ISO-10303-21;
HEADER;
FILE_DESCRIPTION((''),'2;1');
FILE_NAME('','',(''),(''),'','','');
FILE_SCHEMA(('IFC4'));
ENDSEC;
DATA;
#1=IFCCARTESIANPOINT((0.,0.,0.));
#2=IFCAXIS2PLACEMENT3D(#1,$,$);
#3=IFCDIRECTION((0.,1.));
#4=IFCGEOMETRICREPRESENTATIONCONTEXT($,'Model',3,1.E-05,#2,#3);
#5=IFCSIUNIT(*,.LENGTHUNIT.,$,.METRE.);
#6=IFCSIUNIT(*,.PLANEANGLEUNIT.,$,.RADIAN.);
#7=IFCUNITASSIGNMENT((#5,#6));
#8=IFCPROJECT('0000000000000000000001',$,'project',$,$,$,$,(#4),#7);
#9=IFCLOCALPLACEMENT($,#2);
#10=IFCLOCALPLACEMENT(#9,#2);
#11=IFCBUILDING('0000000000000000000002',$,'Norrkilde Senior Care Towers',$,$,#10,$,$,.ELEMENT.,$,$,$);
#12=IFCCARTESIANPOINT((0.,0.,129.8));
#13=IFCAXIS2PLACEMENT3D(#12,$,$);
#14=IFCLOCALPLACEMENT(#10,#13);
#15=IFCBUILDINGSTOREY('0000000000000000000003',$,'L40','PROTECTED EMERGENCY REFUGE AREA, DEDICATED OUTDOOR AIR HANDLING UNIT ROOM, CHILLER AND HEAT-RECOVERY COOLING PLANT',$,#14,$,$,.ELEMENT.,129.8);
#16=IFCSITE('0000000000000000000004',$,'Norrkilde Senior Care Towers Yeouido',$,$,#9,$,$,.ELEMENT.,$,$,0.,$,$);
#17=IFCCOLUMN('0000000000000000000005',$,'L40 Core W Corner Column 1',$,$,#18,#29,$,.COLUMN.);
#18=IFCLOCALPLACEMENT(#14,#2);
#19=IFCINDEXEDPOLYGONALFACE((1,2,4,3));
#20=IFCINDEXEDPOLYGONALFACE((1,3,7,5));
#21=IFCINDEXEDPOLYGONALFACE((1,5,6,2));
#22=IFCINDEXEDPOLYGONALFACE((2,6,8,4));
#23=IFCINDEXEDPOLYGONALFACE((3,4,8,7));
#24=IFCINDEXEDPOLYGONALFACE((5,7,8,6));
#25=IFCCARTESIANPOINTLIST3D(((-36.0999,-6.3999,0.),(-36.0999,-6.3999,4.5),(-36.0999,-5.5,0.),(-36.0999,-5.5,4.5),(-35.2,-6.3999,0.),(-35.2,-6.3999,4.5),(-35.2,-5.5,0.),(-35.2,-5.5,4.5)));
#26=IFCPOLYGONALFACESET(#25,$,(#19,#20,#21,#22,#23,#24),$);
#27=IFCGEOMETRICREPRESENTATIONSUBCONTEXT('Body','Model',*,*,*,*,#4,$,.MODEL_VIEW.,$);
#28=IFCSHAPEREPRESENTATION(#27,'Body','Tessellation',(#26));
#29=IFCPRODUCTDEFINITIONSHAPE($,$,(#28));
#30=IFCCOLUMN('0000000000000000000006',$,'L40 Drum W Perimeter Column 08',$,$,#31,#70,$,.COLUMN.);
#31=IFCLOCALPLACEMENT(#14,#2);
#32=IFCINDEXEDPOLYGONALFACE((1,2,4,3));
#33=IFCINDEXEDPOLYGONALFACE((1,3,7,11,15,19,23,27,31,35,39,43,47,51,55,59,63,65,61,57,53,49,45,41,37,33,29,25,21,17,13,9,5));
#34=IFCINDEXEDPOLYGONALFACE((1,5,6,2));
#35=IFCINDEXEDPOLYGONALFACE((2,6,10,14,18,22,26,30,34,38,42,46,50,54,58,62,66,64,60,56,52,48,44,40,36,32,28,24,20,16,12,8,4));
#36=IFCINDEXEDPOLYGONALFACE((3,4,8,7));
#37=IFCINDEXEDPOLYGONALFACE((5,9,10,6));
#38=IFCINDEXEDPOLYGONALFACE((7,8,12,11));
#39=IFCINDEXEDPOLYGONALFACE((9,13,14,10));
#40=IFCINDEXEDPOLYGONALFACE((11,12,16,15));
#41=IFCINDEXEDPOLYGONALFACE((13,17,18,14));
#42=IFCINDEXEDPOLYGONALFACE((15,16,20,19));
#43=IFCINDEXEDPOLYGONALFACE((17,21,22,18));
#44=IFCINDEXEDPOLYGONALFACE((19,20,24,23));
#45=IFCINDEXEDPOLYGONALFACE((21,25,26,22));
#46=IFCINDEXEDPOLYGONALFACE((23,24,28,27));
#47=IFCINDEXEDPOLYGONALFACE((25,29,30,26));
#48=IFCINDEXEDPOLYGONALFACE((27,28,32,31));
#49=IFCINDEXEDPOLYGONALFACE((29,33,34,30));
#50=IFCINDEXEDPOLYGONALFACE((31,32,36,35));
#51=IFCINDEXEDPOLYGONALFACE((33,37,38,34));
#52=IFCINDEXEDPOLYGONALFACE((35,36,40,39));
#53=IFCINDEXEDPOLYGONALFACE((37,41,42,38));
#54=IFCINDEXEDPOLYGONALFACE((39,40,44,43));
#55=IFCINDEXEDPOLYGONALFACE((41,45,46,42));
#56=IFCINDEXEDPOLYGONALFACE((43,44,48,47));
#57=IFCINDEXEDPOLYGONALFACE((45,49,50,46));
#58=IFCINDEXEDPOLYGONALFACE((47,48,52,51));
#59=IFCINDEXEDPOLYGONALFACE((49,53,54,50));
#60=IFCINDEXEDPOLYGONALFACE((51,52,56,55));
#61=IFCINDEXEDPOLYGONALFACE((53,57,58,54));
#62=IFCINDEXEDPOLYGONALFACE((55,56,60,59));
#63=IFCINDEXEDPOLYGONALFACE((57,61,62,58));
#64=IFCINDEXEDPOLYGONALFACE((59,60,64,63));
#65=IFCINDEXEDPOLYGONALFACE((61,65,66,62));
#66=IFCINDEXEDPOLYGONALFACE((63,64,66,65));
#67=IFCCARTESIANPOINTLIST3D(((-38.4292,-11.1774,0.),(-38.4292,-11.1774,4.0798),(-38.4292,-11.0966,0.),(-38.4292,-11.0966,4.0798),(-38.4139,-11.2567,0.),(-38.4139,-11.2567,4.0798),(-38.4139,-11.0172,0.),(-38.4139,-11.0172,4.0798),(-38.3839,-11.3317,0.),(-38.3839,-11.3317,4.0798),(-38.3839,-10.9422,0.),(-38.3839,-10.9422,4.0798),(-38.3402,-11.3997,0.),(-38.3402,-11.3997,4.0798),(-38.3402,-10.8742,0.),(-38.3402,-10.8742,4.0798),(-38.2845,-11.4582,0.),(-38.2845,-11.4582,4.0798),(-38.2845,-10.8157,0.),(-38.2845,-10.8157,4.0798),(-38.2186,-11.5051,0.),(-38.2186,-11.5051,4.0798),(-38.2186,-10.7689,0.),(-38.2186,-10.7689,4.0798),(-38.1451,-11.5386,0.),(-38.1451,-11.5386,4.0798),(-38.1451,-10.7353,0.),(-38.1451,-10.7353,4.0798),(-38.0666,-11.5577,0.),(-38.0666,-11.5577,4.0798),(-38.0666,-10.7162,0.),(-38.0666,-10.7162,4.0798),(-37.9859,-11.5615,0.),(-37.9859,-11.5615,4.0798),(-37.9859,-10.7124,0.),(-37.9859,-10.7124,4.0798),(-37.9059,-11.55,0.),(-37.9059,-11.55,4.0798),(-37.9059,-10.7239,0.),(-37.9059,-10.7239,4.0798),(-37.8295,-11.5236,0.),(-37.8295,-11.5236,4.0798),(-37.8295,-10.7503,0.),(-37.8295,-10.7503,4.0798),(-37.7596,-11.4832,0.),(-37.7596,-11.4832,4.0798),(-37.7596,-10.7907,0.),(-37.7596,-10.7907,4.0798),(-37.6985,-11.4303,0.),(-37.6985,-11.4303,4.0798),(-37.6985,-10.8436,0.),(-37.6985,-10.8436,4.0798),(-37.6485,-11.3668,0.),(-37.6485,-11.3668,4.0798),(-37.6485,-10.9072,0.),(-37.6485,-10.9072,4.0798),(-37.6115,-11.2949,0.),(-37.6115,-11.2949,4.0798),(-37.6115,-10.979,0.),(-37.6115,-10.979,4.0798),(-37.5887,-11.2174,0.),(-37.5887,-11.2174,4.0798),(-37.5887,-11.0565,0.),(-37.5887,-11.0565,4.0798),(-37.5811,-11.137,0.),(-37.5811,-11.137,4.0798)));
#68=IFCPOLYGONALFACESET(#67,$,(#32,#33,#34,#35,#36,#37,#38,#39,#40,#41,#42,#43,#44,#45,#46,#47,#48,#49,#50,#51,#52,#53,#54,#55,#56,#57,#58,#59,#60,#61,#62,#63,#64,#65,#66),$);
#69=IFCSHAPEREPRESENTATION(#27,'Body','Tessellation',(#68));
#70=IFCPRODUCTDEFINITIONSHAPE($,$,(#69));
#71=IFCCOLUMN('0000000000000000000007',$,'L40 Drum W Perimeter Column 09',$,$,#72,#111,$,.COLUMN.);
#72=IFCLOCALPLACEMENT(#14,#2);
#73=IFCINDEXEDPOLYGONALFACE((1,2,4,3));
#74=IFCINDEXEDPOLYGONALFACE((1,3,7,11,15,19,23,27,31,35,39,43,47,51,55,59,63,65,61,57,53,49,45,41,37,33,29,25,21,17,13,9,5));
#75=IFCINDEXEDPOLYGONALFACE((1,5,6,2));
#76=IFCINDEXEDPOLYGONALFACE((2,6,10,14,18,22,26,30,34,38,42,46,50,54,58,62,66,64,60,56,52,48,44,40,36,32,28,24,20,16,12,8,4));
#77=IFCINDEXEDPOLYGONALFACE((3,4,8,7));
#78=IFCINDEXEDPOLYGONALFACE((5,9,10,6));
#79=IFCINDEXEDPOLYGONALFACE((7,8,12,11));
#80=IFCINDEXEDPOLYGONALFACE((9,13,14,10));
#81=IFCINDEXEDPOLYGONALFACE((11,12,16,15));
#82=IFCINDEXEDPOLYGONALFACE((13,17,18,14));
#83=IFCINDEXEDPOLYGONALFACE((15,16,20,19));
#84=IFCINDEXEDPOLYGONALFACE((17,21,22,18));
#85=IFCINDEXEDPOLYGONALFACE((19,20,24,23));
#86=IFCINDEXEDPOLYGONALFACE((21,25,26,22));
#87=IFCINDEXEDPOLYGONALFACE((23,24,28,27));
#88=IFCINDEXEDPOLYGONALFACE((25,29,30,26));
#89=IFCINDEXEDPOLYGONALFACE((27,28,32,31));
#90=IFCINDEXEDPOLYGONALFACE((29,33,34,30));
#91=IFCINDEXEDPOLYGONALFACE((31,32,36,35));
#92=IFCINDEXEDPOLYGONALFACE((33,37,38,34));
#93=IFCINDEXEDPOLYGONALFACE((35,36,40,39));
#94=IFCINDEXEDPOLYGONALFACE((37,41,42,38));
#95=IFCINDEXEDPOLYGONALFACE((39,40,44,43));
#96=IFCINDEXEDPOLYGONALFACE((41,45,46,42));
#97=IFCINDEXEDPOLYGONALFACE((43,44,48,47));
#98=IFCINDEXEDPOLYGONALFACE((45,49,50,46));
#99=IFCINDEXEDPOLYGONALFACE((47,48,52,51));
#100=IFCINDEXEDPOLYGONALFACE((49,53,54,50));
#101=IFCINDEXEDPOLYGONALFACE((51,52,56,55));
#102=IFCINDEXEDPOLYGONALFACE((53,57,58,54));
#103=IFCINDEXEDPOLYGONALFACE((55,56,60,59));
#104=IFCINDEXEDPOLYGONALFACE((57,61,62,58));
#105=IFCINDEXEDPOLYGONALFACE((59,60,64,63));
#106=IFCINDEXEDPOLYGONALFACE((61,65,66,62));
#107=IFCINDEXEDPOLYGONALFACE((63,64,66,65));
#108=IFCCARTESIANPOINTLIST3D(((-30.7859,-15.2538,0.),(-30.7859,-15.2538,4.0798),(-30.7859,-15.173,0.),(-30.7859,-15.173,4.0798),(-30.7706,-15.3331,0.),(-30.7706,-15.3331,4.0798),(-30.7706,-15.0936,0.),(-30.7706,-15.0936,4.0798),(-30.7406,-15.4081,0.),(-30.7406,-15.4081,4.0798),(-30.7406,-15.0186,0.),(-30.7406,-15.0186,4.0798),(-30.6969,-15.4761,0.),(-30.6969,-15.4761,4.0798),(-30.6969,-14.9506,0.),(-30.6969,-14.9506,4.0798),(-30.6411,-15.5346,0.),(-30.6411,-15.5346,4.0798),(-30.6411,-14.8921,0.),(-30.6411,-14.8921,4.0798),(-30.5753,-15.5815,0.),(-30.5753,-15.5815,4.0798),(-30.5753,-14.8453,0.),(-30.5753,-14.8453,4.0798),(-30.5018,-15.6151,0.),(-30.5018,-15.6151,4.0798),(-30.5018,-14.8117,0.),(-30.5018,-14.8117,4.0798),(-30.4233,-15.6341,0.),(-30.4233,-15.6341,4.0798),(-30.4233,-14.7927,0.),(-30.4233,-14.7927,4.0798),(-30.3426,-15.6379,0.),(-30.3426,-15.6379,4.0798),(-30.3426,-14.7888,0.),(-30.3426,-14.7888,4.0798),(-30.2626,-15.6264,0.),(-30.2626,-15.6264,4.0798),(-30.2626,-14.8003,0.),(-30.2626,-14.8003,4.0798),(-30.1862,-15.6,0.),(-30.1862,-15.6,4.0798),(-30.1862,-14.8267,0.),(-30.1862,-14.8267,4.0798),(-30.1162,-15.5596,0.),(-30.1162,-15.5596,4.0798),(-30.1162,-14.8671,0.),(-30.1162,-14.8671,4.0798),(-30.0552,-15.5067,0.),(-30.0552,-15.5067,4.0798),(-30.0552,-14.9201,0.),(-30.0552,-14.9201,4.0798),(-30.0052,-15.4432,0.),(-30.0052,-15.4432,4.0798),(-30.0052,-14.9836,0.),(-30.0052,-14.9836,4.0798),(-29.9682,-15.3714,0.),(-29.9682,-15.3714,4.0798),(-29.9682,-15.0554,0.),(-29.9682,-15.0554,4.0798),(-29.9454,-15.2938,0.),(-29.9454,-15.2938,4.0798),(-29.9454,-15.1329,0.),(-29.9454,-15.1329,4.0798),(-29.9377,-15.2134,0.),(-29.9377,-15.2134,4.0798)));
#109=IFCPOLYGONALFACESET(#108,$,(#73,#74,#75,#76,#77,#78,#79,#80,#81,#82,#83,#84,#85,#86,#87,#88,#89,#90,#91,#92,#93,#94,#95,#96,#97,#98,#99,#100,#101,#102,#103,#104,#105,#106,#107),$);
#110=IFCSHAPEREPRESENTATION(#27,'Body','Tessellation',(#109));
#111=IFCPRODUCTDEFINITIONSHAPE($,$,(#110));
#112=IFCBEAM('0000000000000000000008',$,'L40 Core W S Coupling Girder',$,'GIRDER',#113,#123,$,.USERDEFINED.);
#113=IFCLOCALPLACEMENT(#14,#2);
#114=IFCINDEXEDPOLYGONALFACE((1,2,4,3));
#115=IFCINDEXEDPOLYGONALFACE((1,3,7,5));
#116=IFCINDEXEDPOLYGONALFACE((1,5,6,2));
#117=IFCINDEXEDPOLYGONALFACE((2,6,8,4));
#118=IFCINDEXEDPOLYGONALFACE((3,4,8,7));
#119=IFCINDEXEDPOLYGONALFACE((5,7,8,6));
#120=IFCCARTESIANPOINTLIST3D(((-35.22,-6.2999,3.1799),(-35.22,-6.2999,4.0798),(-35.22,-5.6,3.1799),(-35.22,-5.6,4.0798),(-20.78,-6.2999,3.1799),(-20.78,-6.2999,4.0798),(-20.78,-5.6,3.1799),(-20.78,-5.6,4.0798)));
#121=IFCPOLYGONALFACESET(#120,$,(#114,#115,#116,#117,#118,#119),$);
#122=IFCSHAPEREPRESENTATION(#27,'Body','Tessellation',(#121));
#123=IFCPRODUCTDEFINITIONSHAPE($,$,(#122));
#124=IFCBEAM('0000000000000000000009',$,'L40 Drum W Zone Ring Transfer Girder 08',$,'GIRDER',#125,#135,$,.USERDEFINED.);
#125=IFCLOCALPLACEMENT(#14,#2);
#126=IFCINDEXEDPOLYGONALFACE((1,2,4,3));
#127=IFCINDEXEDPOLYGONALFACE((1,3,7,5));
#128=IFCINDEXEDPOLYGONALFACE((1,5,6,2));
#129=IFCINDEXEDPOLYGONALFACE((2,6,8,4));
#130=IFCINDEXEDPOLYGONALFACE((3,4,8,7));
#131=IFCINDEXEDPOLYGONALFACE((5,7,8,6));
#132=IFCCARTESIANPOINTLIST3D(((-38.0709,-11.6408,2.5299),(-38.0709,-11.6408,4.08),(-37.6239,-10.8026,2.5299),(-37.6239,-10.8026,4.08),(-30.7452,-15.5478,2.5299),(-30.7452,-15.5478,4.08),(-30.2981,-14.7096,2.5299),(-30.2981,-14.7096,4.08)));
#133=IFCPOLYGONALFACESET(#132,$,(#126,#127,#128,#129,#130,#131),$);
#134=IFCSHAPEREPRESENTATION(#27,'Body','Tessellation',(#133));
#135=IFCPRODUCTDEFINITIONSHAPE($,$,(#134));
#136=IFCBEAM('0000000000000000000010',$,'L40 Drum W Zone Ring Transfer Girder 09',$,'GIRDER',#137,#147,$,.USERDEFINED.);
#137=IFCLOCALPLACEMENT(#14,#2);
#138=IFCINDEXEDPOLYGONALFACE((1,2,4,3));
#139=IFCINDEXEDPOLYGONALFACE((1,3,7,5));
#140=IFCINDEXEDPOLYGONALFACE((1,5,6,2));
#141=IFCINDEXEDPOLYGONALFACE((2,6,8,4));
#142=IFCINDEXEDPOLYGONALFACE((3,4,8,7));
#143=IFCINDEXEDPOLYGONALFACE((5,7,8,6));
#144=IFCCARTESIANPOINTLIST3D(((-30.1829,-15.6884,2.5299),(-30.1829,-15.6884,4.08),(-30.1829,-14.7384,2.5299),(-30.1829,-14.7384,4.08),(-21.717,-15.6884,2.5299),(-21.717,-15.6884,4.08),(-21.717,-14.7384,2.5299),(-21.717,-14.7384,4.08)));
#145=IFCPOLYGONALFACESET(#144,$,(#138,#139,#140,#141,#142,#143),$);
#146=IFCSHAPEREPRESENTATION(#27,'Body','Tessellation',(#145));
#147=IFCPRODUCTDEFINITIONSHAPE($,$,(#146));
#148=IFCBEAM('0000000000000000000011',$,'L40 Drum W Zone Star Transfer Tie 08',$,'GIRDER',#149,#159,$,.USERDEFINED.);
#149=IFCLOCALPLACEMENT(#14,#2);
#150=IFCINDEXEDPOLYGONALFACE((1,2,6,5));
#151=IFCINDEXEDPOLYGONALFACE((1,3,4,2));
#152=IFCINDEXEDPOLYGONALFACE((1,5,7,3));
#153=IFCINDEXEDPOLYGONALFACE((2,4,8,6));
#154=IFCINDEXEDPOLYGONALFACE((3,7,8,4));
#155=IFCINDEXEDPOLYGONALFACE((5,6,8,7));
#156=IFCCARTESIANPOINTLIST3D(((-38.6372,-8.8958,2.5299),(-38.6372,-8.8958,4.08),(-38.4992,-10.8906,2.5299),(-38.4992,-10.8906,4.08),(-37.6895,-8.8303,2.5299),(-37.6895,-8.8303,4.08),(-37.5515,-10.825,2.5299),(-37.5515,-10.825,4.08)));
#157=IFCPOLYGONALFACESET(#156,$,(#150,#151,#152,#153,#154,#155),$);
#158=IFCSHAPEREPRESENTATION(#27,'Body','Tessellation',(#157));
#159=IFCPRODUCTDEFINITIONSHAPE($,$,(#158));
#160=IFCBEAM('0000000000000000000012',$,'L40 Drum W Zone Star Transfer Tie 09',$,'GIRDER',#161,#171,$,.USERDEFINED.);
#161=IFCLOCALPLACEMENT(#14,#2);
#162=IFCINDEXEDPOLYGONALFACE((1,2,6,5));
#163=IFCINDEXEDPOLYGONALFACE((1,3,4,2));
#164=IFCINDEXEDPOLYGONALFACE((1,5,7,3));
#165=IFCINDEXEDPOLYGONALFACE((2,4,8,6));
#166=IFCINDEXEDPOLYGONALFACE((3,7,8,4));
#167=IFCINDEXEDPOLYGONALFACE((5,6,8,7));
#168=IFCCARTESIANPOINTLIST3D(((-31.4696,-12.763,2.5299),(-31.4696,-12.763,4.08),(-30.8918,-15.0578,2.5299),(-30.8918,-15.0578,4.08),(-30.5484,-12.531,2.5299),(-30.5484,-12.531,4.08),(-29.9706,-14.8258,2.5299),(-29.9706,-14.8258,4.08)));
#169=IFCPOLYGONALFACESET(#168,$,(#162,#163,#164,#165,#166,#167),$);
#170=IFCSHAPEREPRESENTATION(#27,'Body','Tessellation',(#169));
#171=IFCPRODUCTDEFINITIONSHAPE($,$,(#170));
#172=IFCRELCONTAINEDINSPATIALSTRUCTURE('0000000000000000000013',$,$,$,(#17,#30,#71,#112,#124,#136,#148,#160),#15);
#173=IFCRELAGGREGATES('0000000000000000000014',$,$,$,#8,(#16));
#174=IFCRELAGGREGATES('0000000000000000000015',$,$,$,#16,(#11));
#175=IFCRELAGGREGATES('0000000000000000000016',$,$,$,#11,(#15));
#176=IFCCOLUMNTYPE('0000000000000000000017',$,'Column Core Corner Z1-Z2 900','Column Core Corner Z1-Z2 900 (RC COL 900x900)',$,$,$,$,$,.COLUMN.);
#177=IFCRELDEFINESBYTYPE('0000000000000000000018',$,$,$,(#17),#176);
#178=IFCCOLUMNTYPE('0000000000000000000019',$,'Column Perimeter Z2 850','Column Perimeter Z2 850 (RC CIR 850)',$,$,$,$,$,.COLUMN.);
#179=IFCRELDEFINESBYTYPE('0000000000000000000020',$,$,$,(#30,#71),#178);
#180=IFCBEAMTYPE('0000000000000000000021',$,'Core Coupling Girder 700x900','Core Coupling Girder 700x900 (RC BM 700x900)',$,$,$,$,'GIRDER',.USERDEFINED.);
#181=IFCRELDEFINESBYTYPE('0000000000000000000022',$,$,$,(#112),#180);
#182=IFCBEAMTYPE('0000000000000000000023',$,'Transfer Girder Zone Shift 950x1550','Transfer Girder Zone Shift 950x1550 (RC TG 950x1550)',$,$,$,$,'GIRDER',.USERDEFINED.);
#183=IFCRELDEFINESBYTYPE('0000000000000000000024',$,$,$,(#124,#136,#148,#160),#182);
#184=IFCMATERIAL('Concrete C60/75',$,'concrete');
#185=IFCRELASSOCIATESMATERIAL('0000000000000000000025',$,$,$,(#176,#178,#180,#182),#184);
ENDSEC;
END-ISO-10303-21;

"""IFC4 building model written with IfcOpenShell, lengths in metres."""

from ifc_helpers import new_model, si_unit, direction, frame, origin, origin_2d, place, context, subcontext, project, spatial, rectangle, circle, extrude, source, transform, mapped, material, material_profile, profile_set, type_object, type_shapes, element, save


model = new_model("IFC4")

# Units and contexts
model_context = context("Model", 3, precision=1e-05, world=origin(), true_north=direction((0.0, 1.0)))
body_context = subcontext(model_context, "Body", "Model", "MODEL_VIEW")
ifc_project = project(units=[si_unit("LENGTHUNIT", "METRE"), si_unit("PLANEANGLEUNIT", "RADIAN")], contexts=[model_context])

# Site, building, storey
site_placement = place(None, origin())
site = spatial("IfcSite", under=ifc_project, at=site_placement, Name="Norrkilde Senior Care Towers Yeouido", CompositionType="ELEMENT", RefElevation=0.0)
building_placement = place(site_placement, origin())
building = spatial("IfcBuilding", under=site, at=building_placement, Name="Norrkilde Senior Care Towers", CompositionType="ELEMENT")
storey_placement = place(building_placement, frame((0.0, 0.0, 129.8)))
storey = spatial("IfcBuildingStorey", under=building, at=storey_placement, Name="L40", Description="PROTECTED EMERGENCY REFUGE AREA, DEDICATED OUTDOOR AIR HANDLING UNIT ROOM, CHILLER AND HEAT-RECOVERY COOLING PLANT", CompositionType="ELEMENT", Elevation=129.8)

# Columns
ifc_material_1 = material(Name="Concrete C60/75", Category="concrete")
ifc_material_profile_1 = material_profile(ifc_material_1, rectangle(XDim=0.8999, YDim=0.8999, at=origin_2d()), Name="RC COL 900x900")
ifc_profile_set_1 = profile_set([ifc_material_profile_1], Name="Concrete C60/75")
column_type_1 = type_object("IfcColumnType", Name="Column Core Corner Z1-Z2 900", Description="Column Core Corner Z1-Z2 900 (RC COL 900x900)", PredefinedType="COLUMN", material=ifc_profile_set_1)
shared_shape_1 = source(origin(), body_context, "Body", "SweptSolid", [
    extrude(rectangle(XDim=0.8999, YDim=0.8999, at=origin_2d()), origin(), (0.0, 0.0, 1.0), 4.5),
])
type_shapes(column_type_1, [shared_shape_1])
column_placement = place(storey_placement, frame((-35.6499, -5.95, 0.0), z_axis=(0.0, 0.0, 1.0), x_axis=(1.0, 0.0, 0.0)))
element("IfcColumn", 1, at=column_placement, inside=storey, type_object=column_type_1, Name="L40 Core W Corner Column 1", PredefinedType="COLUMN", context=body_context, shape_type="MappedRepresentation", body=[
    mapped(shared_shape_1, transform((0.0, 0.0, 0.0), x_axis=(1.0, 0.0, 0.0), y_axis=(0.0, 1.0, 0.0), z_axis=(0.0, 0.0, 1.0), scale=1.0)),
])
ifc_material_profile_2 = material_profile(ifc_material_1, circle(Radius=0.425, at=origin_2d()), Name="RC CIR 850")
ifc_profile_set_2 = profile_set([ifc_material_profile_2], Name="Concrete C60/75")
column_type_2 = type_object("IfcColumnType", Name="Column Perimeter Z2 850", Description="Column Perimeter Z2 850 (RC CIR 850)", PredefinedType="COLUMN", material=ifc_profile_set_2)
shared_shape_2 = source(origin(), body_context, "Body", "SweptSolid", [
    extrude(circle(Radius=0.425, at=origin_2d()), origin(), (0.0, 0.0, 1.0), 4.0798),
])
type_shapes(column_type_2, [shared_shape_2])
for number, where, z_axis, x_axis, name in (
    (2, (-38.0061, -11.137, 0.0), (0.0, 0.0, 1.0), (1.0, 0.0, 0.0), "L40 Drum W Perimeter Column 08"),
    (3, (-30.3628, -15.2134, 0.0), (0.0, 0.0, 1.0), (1.0, 0.0, 0.0), "L40 Drum W Perimeter Column 09"),
):
    element("IfcColumn", number, at=place(storey_placement, frame(where, z_axis=z_axis, x_axis=x_axis)), inside=storey, type_object=column_type_2, Name=name, PredefinedType="COLUMN", context=body_context, shape_type="MappedRepresentation", body=[
        mapped(shared_shape_2, transform((0.0, 0.0, 0.0), x_axis=(1.0, 0.0, 0.0), y_axis=(0.0, 1.0, 0.0), z_axis=(0.0, 0.0, 1.0), scale=1.0)),
    ])

# Beams
ifc_material_profile_3 = material_profile(ifc_material_1, rectangle(XDim=0.7, YDim=0.8999, at=origin_2d()), Name="RC BM 700x900")
ifc_profile_set_3 = profile_set([ifc_material_profile_3], Name="Concrete C60/75")
beam_type_1 = type_object("IfcBeamType", Name="Core Coupling Girder 700x900", Description="Core Coupling Girder 700x900 (RC BM 700x900)", ElementType="GIRDER", PredefinedType="USERDEFINED", material=ifc_profile_set_3)
shared_shape_3 = source(origin(), body_context, "Body", "SweptSolid", [
    extrude(rectangle(XDim=0.7, YDim=0.8999, at=origin_2d()), origin(), (0.0, 0.0, 1.0), 14.4399),
])
type_shapes(beam_type_1, [shared_shape_3])
beam_1_placement = place(storey_placement, frame((-35.22, -5.95, 3.6299), z_axis=(1.0, 0.0, 0.0), x_axis=(0.0, 1.0, 0.0)))
element("IfcBeam", 4, at=beam_1_placement, inside=storey, type_object=beam_type_1, Name="L40 Core W S Coupling Girder", ObjectType="GIRDER", PredefinedType="USERDEFINED", context=body_context, shape_type="MappedRepresentation", body=[
    mapped(shared_shape_3, transform((0.0, 0.0, 0.0), x_axis=(1.0, 0.0, 0.0), y_axis=(0.0, 1.0, 0.0), z_axis=(0.0, 0.0, 1.0), scale=1.0)),
])
ifc_material_profile_4 = material_profile(ifc_material_1, rectangle(XDim=0.95, YDim=1.55, at=origin_2d()), Name="RC TG 950x1550")
ifc_profile_set_4 = profile_set([ifc_material_profile_4], Name="Concrete C60/75")
beam_type_2 = type_object("IfcBeamType", Name="Transfer Girder Zone Shift 950x1550", Description="Transfer Girder Zone Shift 950x1550 (RC TG 950x1550)", ElementType="GIRDER", PredefinedType="USERDEFINED", material=ifc_profile_set_4)
shared_shape_4 = source(origin(), body_context, "Body", "SweptSolid", [
    extrude(rectangle(XDim=0.95, YDim=1.55, at=origin_2d()), origin(), (0.0, 0.0, 1.0), 8.3025),
])
beam_2_placement = place(storey_placement, frame((-37.8474, -11.2217, 3.3049), z_axis=(0.882355, -0.470584, 0.0), x_axis=(0.470584, 0.882355, 0.0)))
element("IfcBeam", 5, at=beam_2_placement, inside=storey, type_object=beam_type_2, Name="L40 Drum W Zone Ring Transfer Girder 08", ObjectType="GIRDER", PredefinedType="USERDEFINED", context=body_context, shape_type="MappedRepresentation", body=[
    mapped(shared_shape_4, transform((0.0, 0.0, 0.0), x_axis=(1.0, 0.0, 0.0), y_axis=(0.0, 1.0, 0.0), z_axis=(0.0, 0.0, 1.0), scale=1.0)),
])
shared_shape_5 = source(origin(), body_context, "Body", "SweptSolid", [
    extrude(rectangle(XDim=0.95, YDim=1.55, at=origin_2d()), origin(), (0.0, 0.0, 1.0), 8.4658),
])
beam_3_placement = place(storey_placement, frame((-30.1829, -15.2134, 3.3049), z_axis=(1.0, 0.0, 0.0), x_axis=(0.0, 1.0, 0.0)))
element("IfcBeam", 6, at=beam_3_placement, inside=storey, type_object=beam_type_2, Name="L40 Drum W Zone Ring Transfer Girder 09", ObjectType="GIRDER", PredefinedType="USERDEFINED", context=body_context, shape_type="MappedRepresentation", body=[
    mapped(shared_shape_5, transform((0.0, 0.0, 0.0), x_axis=(1.0, 0.0, 0.0), y_axis=(0.0, 1.0, 0.0), z_axis=(0.0, 0.0, 1.0), scale=1.0)),
])
shared_shape_6 = source(origin(), body_context, "Body", "SweptSolid", [
    extrude(rectangle(XDim=0.95, YDim=1.55, at=origin_2d()), origin(), (0.0, 0.0, 1.0), 1.9995),
])
beam_4_placement = place(storey_placement, frame((-38.1633, -8.863, 3.3049), z_axis=(0.068991, -0.997617, 0.0), x_axis=(0.997617, 0.068991, 0.0)))
element("IfcBeam", 7, at=beam_4_placement, inside=storey, type_object=beam_type_2, Name="L40 Drum W Zone Star Transfer Tie 08", ObjectType="GIRDER", PredefinedType="USERDEFINED", context=body_context, shape_type="MappedRepresentation", body=[
    mapped(shared_shape_6, transform((0.0, 0.0, 0.0), x_axis=(1.0, 0.0, 0.0), y_axis=(0.0, 1.0, 0.0), z_axis=(0.0, 0.0, 1.0), scale=1.0)),
])
shared_shape_7 = source(origin(), body_context, "Body", "SweptSolid", [
    extrude(rectangle(XDim=0.95, YDim=1.55, at=origin_2d()), origin(), (0.0, 0.0, 1.0), 2.3665),
])
type_shapes(beam_type_2, [shared_shape_4, shared_shape_5, shared_shape_6, shared_shape_7])
beam_5_placement = place(storey_placement, frame((-31.009, -12.647, 3.3049), z_axis=(0.244186, -0.969728, 0.0), x_axis=(0.969728, 0.244186, 0.0)))
element("IfcBeam", 8, at=beam_5_placement, inside=storey, type_object=beam_type_2, Name="L40 Drum W Zone Star Transfer Tie 09", ObjectType="GIRDER", PredefinedType="USERDEFINED", context=body_context, shape_type="MappedRepresentation", body=[
    mapped(shared_shape_7, transform((0.0, 0.0, 0.0), x_axis=(1.0, 0.0, 0.0), y_axis=(0.0, 1.0, 0.0), z_axis=(0.0, 0.0, 1.0), scale=1.0)),
])

save(model, "model.ifc")
